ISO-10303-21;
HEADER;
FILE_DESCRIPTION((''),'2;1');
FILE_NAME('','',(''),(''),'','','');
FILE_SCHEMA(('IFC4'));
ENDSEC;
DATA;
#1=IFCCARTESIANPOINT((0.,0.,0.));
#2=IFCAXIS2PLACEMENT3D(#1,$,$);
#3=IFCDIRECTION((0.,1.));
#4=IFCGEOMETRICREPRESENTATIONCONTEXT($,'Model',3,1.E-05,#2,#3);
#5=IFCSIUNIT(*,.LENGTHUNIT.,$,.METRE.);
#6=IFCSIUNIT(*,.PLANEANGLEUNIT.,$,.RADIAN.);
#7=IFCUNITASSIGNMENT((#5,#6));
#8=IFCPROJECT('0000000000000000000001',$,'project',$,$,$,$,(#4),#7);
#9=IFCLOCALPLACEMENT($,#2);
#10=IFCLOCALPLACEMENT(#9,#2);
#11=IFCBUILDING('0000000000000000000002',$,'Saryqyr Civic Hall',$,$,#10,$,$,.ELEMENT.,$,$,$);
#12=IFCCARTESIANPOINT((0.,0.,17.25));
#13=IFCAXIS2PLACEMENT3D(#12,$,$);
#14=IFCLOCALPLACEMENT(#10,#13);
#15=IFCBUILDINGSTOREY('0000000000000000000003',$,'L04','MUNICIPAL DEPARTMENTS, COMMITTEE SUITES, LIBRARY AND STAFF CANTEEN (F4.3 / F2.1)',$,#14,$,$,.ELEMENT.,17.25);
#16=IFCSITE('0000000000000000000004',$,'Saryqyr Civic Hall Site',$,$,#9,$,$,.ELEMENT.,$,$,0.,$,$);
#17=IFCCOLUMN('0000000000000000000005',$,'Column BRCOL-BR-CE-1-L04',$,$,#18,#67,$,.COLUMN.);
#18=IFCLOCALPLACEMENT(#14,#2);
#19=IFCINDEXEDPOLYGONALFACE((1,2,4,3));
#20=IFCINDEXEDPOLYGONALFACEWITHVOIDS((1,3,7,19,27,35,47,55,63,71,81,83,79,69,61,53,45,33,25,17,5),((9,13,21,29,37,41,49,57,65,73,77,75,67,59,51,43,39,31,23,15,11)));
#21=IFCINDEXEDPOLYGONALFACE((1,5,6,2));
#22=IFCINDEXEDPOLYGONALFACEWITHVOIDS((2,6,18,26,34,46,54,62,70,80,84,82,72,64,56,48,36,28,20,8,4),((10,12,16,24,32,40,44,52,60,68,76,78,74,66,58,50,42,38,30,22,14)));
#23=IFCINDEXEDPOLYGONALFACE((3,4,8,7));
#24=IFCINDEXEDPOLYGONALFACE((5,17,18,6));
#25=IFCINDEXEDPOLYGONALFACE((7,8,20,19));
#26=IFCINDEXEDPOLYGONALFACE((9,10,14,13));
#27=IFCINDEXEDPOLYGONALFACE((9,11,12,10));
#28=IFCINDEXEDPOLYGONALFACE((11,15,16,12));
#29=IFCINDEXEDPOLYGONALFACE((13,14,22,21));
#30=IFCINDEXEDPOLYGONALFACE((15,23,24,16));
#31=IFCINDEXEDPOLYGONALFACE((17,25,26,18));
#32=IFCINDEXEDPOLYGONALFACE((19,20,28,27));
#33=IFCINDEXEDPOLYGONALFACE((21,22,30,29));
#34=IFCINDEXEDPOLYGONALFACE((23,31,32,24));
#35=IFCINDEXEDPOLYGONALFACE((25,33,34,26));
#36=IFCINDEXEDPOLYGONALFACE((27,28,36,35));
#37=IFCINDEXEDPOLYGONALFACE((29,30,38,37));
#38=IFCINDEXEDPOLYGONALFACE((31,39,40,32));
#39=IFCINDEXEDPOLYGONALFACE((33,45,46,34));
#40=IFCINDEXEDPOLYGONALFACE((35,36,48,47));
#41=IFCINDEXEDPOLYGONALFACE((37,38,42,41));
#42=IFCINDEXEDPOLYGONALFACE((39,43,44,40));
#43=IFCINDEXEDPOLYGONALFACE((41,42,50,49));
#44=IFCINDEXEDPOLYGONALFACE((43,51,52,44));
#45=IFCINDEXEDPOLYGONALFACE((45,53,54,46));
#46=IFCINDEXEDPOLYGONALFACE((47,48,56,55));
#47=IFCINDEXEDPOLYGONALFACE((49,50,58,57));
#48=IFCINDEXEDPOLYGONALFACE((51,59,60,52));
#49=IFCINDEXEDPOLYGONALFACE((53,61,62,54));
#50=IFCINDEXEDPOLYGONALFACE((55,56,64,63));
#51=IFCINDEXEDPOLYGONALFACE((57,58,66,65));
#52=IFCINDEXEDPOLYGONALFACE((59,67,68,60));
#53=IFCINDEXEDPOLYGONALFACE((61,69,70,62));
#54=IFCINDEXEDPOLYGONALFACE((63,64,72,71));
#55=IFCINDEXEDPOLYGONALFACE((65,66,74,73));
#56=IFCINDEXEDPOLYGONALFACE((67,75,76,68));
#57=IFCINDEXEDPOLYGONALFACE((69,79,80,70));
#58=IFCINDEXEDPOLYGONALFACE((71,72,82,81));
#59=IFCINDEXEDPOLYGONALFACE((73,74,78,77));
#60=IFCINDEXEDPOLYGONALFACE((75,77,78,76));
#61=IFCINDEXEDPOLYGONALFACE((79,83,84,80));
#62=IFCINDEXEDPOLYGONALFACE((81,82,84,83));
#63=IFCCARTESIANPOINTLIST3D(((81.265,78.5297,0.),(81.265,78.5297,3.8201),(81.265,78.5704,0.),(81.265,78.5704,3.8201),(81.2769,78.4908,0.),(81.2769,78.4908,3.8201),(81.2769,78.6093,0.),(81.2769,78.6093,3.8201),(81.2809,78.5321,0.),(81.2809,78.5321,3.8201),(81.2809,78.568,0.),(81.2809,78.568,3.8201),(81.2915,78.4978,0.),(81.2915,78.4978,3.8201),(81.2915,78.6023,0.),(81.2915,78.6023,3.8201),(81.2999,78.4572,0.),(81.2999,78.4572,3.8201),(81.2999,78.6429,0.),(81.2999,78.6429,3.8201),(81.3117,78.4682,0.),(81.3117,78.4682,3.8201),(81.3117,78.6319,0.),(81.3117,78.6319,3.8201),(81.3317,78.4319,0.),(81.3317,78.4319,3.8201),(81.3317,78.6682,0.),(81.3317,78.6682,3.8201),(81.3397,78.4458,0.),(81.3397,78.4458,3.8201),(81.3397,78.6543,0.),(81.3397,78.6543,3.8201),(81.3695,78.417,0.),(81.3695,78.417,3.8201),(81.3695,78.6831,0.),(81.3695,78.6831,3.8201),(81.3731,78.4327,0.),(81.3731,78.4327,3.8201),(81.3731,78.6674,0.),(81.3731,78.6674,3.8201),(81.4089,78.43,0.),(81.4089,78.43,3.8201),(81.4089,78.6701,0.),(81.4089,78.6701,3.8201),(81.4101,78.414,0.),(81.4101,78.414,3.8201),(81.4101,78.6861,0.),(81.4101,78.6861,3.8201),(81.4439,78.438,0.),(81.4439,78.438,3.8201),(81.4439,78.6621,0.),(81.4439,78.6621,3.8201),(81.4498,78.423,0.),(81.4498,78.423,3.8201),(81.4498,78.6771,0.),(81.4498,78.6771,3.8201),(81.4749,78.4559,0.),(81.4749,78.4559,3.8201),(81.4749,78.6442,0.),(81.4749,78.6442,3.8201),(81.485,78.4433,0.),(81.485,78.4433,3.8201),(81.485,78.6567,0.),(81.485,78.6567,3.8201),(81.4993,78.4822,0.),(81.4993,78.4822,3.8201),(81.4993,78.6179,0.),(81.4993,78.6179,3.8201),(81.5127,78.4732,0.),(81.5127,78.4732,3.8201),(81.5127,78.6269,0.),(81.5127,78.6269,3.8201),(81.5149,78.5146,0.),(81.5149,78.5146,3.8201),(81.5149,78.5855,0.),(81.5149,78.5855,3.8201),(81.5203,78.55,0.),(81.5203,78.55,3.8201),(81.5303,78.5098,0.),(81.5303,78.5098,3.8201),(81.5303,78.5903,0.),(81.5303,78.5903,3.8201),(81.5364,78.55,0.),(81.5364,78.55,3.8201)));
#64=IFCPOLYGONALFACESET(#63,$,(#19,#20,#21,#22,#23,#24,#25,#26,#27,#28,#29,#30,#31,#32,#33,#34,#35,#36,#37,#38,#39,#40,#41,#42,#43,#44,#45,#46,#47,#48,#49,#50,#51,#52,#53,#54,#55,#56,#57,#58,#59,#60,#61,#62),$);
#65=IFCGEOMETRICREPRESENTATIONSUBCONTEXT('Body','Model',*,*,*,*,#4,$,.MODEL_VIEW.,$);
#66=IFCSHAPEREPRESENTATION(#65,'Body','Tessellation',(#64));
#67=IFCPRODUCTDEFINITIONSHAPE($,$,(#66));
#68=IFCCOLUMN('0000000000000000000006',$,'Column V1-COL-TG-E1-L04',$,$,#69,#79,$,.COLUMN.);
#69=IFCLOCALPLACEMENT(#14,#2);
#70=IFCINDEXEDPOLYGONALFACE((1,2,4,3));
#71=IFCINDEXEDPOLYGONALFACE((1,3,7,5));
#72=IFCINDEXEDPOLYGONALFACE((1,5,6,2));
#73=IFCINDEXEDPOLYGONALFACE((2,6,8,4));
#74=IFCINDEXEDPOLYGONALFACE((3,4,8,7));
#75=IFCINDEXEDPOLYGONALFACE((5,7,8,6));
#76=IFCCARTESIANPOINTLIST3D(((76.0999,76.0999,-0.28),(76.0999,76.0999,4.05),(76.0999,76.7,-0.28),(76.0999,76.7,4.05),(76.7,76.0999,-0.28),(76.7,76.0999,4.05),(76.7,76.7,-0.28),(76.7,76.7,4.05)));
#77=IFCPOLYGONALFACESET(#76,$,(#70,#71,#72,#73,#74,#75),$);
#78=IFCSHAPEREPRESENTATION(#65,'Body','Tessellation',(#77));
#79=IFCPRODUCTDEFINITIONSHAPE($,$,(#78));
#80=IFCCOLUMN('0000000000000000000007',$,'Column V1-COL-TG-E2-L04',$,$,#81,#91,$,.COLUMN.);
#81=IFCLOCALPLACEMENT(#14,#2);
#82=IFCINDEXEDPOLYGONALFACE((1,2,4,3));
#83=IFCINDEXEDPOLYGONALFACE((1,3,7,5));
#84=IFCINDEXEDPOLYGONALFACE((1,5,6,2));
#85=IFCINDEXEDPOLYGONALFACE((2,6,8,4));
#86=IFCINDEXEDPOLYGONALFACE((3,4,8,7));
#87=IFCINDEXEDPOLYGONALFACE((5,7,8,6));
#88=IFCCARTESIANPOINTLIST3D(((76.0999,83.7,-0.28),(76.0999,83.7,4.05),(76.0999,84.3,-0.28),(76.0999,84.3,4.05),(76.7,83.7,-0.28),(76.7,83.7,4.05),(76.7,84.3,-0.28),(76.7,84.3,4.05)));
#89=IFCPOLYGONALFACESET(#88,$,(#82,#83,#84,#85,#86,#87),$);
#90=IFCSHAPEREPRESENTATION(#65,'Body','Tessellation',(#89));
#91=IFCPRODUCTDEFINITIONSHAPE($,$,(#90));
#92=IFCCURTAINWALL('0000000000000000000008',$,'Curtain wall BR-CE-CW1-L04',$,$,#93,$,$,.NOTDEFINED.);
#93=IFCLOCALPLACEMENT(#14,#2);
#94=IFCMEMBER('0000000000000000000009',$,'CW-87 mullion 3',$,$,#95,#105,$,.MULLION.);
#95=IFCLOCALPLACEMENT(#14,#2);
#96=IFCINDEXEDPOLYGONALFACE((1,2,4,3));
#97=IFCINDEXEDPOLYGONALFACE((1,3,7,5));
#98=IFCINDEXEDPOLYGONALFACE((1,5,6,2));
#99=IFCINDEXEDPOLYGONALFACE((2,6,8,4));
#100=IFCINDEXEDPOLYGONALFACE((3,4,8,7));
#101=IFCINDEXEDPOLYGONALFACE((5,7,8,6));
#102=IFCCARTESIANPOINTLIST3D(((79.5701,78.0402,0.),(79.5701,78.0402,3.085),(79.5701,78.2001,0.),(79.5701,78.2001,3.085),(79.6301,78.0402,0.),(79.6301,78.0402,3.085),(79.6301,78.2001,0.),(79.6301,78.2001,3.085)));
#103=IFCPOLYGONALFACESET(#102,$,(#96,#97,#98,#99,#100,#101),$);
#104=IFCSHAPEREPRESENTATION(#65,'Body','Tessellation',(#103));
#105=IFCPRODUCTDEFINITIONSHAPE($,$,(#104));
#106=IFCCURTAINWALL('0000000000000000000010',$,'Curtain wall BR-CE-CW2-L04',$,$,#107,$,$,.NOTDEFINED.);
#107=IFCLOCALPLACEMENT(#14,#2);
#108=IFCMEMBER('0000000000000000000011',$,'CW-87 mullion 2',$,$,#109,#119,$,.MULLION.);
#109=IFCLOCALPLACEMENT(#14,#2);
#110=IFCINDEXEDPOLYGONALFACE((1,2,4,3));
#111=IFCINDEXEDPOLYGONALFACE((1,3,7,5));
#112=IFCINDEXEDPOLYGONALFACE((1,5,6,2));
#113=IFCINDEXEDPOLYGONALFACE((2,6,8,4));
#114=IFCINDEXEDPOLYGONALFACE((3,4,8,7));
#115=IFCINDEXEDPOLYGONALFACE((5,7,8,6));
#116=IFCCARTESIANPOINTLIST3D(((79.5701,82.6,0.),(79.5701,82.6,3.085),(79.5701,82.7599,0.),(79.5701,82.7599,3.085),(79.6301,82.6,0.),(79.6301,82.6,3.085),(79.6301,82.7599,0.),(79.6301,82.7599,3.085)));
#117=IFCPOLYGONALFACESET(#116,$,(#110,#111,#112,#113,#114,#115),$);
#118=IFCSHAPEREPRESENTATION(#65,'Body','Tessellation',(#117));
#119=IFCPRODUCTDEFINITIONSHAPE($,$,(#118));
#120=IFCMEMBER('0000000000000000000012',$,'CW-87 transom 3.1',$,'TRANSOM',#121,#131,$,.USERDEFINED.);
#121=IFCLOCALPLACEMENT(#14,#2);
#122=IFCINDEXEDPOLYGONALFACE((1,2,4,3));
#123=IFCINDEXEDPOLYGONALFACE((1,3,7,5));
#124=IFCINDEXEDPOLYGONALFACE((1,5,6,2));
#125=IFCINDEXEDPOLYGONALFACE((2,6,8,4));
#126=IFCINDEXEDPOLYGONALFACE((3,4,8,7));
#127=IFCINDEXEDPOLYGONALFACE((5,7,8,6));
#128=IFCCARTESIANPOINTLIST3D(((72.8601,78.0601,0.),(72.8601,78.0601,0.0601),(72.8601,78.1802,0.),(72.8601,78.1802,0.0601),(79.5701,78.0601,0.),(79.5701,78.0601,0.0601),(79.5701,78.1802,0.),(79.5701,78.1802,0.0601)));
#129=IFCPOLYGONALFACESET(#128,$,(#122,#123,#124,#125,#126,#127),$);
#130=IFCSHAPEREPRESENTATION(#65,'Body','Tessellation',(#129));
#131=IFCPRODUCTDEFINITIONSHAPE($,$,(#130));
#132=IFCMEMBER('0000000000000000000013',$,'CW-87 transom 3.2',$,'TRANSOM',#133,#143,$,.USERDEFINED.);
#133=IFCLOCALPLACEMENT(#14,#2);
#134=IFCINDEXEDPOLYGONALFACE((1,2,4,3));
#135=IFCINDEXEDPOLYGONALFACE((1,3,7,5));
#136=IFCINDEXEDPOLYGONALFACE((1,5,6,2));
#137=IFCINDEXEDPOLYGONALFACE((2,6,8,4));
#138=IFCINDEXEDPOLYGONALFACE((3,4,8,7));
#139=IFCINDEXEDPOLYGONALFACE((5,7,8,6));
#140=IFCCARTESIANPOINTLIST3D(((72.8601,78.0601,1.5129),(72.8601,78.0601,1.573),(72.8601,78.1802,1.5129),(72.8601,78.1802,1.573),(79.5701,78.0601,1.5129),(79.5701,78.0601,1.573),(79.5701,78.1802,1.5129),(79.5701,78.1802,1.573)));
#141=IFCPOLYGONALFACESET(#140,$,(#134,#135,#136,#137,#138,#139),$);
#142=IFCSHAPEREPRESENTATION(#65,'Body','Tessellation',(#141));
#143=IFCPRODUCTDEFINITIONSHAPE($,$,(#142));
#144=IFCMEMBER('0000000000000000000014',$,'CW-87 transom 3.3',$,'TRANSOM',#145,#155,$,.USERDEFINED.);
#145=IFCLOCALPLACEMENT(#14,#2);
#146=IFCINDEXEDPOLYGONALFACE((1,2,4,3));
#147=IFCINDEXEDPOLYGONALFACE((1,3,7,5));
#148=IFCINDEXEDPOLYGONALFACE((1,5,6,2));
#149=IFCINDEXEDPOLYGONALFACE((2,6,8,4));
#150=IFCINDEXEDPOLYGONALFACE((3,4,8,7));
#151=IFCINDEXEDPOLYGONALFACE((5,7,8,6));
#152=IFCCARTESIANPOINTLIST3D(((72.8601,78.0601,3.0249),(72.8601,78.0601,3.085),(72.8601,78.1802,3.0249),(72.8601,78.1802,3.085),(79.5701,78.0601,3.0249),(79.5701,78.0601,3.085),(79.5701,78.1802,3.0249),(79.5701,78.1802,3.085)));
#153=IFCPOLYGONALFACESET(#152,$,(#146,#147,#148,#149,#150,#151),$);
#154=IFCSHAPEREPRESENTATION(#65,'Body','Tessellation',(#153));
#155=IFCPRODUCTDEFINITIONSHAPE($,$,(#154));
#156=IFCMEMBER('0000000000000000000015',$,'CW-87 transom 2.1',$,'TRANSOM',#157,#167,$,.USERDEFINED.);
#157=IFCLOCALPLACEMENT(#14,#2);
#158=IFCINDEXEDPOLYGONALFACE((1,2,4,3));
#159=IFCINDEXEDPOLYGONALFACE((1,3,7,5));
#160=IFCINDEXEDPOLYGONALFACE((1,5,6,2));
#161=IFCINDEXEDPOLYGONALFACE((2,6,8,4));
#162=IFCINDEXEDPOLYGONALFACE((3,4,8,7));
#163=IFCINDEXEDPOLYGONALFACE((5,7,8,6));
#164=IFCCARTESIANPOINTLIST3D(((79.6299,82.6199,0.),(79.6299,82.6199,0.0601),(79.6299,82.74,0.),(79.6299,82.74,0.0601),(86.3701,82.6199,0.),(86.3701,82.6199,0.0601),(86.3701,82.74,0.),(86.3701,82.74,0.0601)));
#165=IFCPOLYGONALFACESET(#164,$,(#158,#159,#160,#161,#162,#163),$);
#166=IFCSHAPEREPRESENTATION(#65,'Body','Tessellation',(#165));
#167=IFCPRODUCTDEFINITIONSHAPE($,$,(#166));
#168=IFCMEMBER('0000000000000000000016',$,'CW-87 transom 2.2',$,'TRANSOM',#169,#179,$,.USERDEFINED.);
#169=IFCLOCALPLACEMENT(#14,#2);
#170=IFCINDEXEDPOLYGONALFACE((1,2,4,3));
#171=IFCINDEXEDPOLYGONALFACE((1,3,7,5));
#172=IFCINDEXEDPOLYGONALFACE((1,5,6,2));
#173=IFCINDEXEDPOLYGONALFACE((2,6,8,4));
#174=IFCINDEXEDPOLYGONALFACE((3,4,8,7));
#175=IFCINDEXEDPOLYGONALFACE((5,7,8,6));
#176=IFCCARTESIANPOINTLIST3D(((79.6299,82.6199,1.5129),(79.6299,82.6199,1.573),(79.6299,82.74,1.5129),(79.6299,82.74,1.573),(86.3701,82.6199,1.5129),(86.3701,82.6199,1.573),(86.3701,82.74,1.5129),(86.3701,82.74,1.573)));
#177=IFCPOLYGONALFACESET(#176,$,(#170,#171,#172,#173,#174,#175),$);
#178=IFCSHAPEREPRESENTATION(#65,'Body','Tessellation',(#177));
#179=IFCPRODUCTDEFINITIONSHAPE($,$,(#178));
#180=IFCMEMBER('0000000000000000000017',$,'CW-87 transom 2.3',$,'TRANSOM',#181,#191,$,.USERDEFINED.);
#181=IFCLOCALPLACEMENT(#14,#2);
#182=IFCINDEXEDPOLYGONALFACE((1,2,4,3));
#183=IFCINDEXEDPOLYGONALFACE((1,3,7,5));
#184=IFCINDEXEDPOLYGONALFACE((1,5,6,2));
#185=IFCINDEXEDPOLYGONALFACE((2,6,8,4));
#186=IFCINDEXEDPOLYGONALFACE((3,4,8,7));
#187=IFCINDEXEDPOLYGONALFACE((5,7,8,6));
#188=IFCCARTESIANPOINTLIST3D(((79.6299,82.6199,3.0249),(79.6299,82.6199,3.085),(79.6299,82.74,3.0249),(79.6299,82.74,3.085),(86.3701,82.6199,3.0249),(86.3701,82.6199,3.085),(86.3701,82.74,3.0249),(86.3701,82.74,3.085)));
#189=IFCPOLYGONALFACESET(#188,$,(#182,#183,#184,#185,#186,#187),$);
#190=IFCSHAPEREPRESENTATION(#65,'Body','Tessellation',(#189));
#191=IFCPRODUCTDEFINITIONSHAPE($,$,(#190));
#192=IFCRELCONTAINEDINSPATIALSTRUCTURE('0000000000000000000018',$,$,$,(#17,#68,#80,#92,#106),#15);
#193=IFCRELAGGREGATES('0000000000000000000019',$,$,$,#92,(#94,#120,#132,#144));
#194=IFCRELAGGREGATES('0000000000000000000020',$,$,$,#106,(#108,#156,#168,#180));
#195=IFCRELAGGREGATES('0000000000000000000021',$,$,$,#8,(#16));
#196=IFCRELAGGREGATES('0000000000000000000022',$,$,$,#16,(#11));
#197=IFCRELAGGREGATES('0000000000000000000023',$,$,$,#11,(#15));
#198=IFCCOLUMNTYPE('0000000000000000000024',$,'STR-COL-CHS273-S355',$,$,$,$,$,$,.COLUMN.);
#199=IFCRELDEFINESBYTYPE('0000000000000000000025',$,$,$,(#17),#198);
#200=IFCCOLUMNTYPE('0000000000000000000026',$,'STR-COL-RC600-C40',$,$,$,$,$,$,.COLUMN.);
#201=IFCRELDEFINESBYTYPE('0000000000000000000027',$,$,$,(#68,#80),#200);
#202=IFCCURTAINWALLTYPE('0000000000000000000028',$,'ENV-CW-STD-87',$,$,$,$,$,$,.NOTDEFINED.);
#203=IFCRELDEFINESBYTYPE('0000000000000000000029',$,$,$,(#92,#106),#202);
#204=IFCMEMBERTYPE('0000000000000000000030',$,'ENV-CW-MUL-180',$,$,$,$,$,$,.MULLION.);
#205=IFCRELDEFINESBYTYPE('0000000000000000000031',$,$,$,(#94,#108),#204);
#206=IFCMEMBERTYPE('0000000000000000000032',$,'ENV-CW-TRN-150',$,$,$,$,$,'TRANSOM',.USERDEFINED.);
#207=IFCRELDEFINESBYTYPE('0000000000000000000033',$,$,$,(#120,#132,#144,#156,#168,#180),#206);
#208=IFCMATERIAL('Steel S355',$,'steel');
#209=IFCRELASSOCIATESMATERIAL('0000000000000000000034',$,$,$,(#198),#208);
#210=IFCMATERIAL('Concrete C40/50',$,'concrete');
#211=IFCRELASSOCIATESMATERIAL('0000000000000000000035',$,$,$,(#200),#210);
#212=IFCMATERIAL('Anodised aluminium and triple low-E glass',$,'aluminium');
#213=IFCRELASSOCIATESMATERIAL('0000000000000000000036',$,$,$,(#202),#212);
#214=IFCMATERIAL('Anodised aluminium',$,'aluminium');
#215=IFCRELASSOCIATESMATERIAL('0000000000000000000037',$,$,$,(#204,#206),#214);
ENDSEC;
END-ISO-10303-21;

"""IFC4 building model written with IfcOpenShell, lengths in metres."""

from ifc_helpers import new_model, si_unit, direction, frame, origin, origin_2d, place, context, subcontext, project, spatial, rectangle, hollow_circle, extrude, material, material_profile, profile_set, type_object, element, aggregate, save


model = new_model("IFC4")

# Units and contexts
model_context = context("Model", 3, precision=1e-05, world=origin(), true_north=direction((0.0, 1.0)))
body_context = subcontext(model_context, "Body", "Model", "MODEL_VIEW")
ifc_project = project(units=[si_unit("LENGTHUNIT", "METRE"), si_unit("PLANEANGLEUNIT", "RADIAN")], contexts=[model_context])

# Site, building, storey
site_placement = place(None, origin())
site = spatial("IfcSite", under=ifc_project, at=site_placement, Name="Saryqyr Civic Hall Site", CompositionType="ELEMENT", RefElevation=0.0)
building_placement = place(site_placement, origin())
building = spatial("IfcBuilding", under=site, at=building_placement, Name="Saryqyr Civic Hall", CompositionType="ELEMENT")
storey_placement = place(building_placement, frame((0.0, 0.0, 17.25)))
storey = spatial("IfcBuildingStorey", under=building, at=storey_placement, Name="L04", Description="MUNICIPAL DEPARTMENTS, COMMITTEE SUITES, LIBRARY AND STAFF CANTEEN (F4.3 / F2.1)", CompositionType="ELEMENT", Elevation=17.25)

# Columns
ifc_material_1 = material(Name="Steel S355", Category="steel")
ifc_material_profile_1 = material_profile(ifc_material_1, hollow_circle(Radius=0.1365, WallThickness=0.0161, at=origin_2d()), Name="CHS 273x16")
ifc_profile_set_1 = profile_set([ifc_material_profile_1], Name="Steel S355")
column_type_1 = type_object("IfcColumnType", Name="STR-COL-CHS273-S355", PredefinedType="COLUMN", material=ifc_profile_set_1)
column_placement = place(storey_placement, frame((81.3999, 78.55, 0.0), z_axis=(0.0, 0.0, 1.0), x_axis=(1.0, 0.0, 0.0)))
element("IfcColumn", 1, at=column_placement, inside=storey, type_object=column_type_1, Name="Column BRCOL-BR-CE-1-L04", PredefinedType="COLUMN", context=body_context, shape_type="SweptSolid", body=[
    extrude(hollow_circle(Radius=0.1365, WallThickness=0.0161, at=origin_2d()), origin(), (0.0, 0.0, 1.0), 3.8201),
])
ifc_material_2 = material(Name="Concrete C40/50", Category="concrete")
ifc_material_profile_2 = material_profile(ifc_material_2, rectangle(XDim=0.6001, YDim=0.6001, at=origin_2d()), Name="RC 600x600")
ifc_profile_set_2 = profile_set([ifc_material_profile_2], Name="Concrete C40/50")
column_type_2 = type_object("IfcColumnType", Name="STR-COL-RC600-C40", PredefinedType="COLUMN", material=ifc_profile_set_2)
for number, where, z_axis, x_axis, name in (
    (2, (76.3999, 76.3999, -0.28), (0.0, 0.0, 1.0), (1.0, 0.0, 0.0), "Column V1-COL-TG-E1-L04"),
    (3, (76.3999, 84.0, -0.28), (0.0, 0.0, 1.0), (1.0, 0.0, 0.0), "Column V1-COL-TG-E2-L04"),
):
    element("IfcColumn", number, at=place(storey_placement, frame(where, z_axis=z_axis, x_axis=x_axis)), inside=storey, type_object=column_type_2, Name=name, PredefinedType="COLUMN", context=body_context, shape_type="SweptSolid", body=[
        extrude(rectangle(XDim=0.6001, YDim=0.6001, at=origin_2d()), origin(), (0.0, 0.0, 1.0), 4.3301),
    ])

# Curtain walls, members
ifc_material_3 = material(Name="Anodised aluminium and triple low-E glass", Category="aluminium")
curtain_wall_type = type_object("IfcCurtainWallType", Name="ENV-CW-STD-87", PredefinedType="NOTDEFINED", material=ifc_material_3)
curtain_wall_1_placement = place(storey_placement, origin())
curtain_wall_1 = element("IfcCurtainWall", 4, at=curtain_wall_1_placement, inside=storey, type_object=curtain_wall_type, Name="Curtain wall BR-CE-CW1-L04", PredefinedType="NOTDEFINED")
ifc_material_4 = material(Name="Anodised aluminium", Category="aluminium")
ifc_material_profile_3 = material_profile(ifc_material_4, rectangle(XDim=0.0601, YDim=0.1599, at=origin_2d()), Name="ALU MULLION 60x160")
ifc_profile_set_3 = profile_set([ifc_material_profile_3], Name="Anodised aluminium")
member_type_1 = type_object("IfcMemberType", Name="ENV-CW-MUL-180", PredefinedType="MULLION", material=ifc_profile_set_3)
member_1_placement = place(storey_placement, frame((79.6001, 78.1201, 0.0), z_axis=(0.0, 0.0, 1.0), x_axis=(-1.0, 0.0, 0.0)))
member_1 = element("IfcMember", 5, at=member_1_placement, type_object=member_type_1, Name="CW-87 mullion 3", PredefinedType="MULLION", context=body_context, shape_type="SweptSolid", body=[
    extrude(rectangle(XDim=0.0601, YDim=0.1599, at=origin_2d()), origin(), (0.0, 0.0, 1.0), 3.085),
])
curtain_wall_2_placement = place(storey_placement, origin())
curtain_wall_2 = element("IfcCurtainWall", 6, at=curtain_wall_2_placement, inside=storey, type_object=curtain_wall_type, Name="Curtain wall BR-CE-CW2-L04", PredefinedType="NOTDEFINED")
member_2_placement = place(storey_placement, frame((79.6001, 82.6799, 0.0), z_axis=(0.0, 0.0, 1.0), x_axis=(1.0, 0.0, 0.0)))
member_2 = element("IfcMember", 7, at=member_2_placement, type_object=member_type_1, Name="CW-87 mullion 2", PredefinedType="MULLION", context=body_context, shape_type="SweptSolid", body=[
    extrude(rectangle(XDim=0.0601, YDim=0.1599, at=origin_2d()), origin(), (0.0, 0.0, 1.0), 3.085),
])

# Members
ifc_material_profile_4 = material_profile(ifc_material_4, rectangle(XDim=0.1201, YDim=0.0601, at=origin_2d()), Name="ALU TRANSOM 120x60")
ifc_profile_set_4 = profile_set([ifc_material_profile_4], Name="Anodised aluminium")
member_type_2 = type_object("IfcMemberType", Name="ENV-CW-TRN-150", ElementType="TRANSOM", PredefinedType="USERDEFINED", material=ifc_profile_set_4)
member_3_placement = place(storey_placement, frame((79.5701, 78.1201, 0.03), z_axis=(-1.0, 0.0, 0.0), x_axis=(0.0, -1.0, 0.0)))
member_3 = element("IfcMember", 8, at=member_3_placement, type_object=member_type_2, Name="CW-87 transom 3.1", ObjectType="TRANSOM", PredefinedType="USERDEFINED", context=body_context, shape_type="SweptSolid", body=[
    extrude(rectangle(XDim=0.1201, YDim=0.0601, at=origin_2d()), origin(), (0.0, 0.0, 1.0), 6.71),
])
member_4_placement = place(storey_placement, frame((79.5701, 78.1201, 1.543), z_axis=(-1.0, 0.0, 0.0), x_axis=(0.0, -1.0, 0.0)))
member_4 = element("IfcMember", 9, at=member_4_placement, type_object=member_type_2, Name="CW-87 transom 3.2", ObjectType="TRANSOM", PredefinedType="USERDEFINED", context=body_context, shape_type="SweptSolid", body=[
    extrude(rectangle(XDim=0.1201, YDim=0.0601, at=origin_2d()), origin(), (0.0, 0.0, 1.0), 6.71),
])
member_5_placement = place(storey_placement, frame((79.5701, 78.1201, 3.0549), z_axis=(-1.0, 0.0, 0.0), x_axis=(0.0, -1.0, 0.0)))
member_5 = element("IfcMember", 10, at=member_5_placement, type_object=member_type_2, Name="CW-87 transom 3.3", ObjectType="TRANSOM", PredefinedType="USERDEFINED", context=body_context, shape_type="SweptSolid", body=[
    extrude(rectangle(XDim=0.1201, YDim=0.0601, at=origin_2d()), origin(), (0.0, 0.0, 1.0), 6.71),
])
member_6_placement = place(storey_placement, frame((79.6299, 82.6799, 0.03), z_axis=(1.0, 0.0, 0.0), x_axis=(0.0, 1.0, 0.0)))
member_6 = element("IfcMember", 11, at=member_6_placement, type_object=member_type_2, Name="CW-87 transom 2.1", ObjectType="TRANSOM", PredefinedType="USERDEFINED", context=body_context, shape_type="SweptSolid", body=[
    extrude(rectangle(XDim=0.1201, YDim=0.0601, at=origin_2d()), origin(), (0.0, 0.0, 1.0), 6.7402),
])
member_7_placement = place(storey_placement, frame((79.6299, 82.6799, 1.543), z_axis=(1.0, 0.0, 0.0), x_axis=(0.0, 1.0, 0.0)))
member_7 = element("IfcMember", 12, at=member_7_placement, type_object=member_type_2, Name="CW-87 transom 2.2", ObjectType="TRANSOM", PredefinedType="USERDEFINED", context=body_context, shape_type="SweptSolid", body=[
    extrude(rectangle(XDim=0.1201, YDim=0.0601, at=origin_2d()), origin(), (0.0, 0.0, 1.0), 6.7402),
])
member_8_placement = place(storey_placement, frame((79.6299, 82.6799, 3.0549), z_axis=(1.0, 0.0, 0.0), x_axis=(0.0, 1.0, 0.0)))
member_8 = element("IfcMember", 13, at=member_8_placement, type_object=member_type_2, Name="CW-87 transom 2.3", ObjectType="TRANSOM", PredefinedType="USERDEFINED", context=body_context, shape_type="SweptSolid", body=[
    extrude(rectangle(XDim=0.1201, YDim=0.0601, at=origin_2d()), origin(), (0.0, 0.0, 1.0), 6.7402),
])

aggregate(curtain_wall_1, [member_1, member_3, member_4, member_5])
aggregate(curtain_wall_2, [member_2, member_6, member_7, member_8])

save(model, "model.ifc")
